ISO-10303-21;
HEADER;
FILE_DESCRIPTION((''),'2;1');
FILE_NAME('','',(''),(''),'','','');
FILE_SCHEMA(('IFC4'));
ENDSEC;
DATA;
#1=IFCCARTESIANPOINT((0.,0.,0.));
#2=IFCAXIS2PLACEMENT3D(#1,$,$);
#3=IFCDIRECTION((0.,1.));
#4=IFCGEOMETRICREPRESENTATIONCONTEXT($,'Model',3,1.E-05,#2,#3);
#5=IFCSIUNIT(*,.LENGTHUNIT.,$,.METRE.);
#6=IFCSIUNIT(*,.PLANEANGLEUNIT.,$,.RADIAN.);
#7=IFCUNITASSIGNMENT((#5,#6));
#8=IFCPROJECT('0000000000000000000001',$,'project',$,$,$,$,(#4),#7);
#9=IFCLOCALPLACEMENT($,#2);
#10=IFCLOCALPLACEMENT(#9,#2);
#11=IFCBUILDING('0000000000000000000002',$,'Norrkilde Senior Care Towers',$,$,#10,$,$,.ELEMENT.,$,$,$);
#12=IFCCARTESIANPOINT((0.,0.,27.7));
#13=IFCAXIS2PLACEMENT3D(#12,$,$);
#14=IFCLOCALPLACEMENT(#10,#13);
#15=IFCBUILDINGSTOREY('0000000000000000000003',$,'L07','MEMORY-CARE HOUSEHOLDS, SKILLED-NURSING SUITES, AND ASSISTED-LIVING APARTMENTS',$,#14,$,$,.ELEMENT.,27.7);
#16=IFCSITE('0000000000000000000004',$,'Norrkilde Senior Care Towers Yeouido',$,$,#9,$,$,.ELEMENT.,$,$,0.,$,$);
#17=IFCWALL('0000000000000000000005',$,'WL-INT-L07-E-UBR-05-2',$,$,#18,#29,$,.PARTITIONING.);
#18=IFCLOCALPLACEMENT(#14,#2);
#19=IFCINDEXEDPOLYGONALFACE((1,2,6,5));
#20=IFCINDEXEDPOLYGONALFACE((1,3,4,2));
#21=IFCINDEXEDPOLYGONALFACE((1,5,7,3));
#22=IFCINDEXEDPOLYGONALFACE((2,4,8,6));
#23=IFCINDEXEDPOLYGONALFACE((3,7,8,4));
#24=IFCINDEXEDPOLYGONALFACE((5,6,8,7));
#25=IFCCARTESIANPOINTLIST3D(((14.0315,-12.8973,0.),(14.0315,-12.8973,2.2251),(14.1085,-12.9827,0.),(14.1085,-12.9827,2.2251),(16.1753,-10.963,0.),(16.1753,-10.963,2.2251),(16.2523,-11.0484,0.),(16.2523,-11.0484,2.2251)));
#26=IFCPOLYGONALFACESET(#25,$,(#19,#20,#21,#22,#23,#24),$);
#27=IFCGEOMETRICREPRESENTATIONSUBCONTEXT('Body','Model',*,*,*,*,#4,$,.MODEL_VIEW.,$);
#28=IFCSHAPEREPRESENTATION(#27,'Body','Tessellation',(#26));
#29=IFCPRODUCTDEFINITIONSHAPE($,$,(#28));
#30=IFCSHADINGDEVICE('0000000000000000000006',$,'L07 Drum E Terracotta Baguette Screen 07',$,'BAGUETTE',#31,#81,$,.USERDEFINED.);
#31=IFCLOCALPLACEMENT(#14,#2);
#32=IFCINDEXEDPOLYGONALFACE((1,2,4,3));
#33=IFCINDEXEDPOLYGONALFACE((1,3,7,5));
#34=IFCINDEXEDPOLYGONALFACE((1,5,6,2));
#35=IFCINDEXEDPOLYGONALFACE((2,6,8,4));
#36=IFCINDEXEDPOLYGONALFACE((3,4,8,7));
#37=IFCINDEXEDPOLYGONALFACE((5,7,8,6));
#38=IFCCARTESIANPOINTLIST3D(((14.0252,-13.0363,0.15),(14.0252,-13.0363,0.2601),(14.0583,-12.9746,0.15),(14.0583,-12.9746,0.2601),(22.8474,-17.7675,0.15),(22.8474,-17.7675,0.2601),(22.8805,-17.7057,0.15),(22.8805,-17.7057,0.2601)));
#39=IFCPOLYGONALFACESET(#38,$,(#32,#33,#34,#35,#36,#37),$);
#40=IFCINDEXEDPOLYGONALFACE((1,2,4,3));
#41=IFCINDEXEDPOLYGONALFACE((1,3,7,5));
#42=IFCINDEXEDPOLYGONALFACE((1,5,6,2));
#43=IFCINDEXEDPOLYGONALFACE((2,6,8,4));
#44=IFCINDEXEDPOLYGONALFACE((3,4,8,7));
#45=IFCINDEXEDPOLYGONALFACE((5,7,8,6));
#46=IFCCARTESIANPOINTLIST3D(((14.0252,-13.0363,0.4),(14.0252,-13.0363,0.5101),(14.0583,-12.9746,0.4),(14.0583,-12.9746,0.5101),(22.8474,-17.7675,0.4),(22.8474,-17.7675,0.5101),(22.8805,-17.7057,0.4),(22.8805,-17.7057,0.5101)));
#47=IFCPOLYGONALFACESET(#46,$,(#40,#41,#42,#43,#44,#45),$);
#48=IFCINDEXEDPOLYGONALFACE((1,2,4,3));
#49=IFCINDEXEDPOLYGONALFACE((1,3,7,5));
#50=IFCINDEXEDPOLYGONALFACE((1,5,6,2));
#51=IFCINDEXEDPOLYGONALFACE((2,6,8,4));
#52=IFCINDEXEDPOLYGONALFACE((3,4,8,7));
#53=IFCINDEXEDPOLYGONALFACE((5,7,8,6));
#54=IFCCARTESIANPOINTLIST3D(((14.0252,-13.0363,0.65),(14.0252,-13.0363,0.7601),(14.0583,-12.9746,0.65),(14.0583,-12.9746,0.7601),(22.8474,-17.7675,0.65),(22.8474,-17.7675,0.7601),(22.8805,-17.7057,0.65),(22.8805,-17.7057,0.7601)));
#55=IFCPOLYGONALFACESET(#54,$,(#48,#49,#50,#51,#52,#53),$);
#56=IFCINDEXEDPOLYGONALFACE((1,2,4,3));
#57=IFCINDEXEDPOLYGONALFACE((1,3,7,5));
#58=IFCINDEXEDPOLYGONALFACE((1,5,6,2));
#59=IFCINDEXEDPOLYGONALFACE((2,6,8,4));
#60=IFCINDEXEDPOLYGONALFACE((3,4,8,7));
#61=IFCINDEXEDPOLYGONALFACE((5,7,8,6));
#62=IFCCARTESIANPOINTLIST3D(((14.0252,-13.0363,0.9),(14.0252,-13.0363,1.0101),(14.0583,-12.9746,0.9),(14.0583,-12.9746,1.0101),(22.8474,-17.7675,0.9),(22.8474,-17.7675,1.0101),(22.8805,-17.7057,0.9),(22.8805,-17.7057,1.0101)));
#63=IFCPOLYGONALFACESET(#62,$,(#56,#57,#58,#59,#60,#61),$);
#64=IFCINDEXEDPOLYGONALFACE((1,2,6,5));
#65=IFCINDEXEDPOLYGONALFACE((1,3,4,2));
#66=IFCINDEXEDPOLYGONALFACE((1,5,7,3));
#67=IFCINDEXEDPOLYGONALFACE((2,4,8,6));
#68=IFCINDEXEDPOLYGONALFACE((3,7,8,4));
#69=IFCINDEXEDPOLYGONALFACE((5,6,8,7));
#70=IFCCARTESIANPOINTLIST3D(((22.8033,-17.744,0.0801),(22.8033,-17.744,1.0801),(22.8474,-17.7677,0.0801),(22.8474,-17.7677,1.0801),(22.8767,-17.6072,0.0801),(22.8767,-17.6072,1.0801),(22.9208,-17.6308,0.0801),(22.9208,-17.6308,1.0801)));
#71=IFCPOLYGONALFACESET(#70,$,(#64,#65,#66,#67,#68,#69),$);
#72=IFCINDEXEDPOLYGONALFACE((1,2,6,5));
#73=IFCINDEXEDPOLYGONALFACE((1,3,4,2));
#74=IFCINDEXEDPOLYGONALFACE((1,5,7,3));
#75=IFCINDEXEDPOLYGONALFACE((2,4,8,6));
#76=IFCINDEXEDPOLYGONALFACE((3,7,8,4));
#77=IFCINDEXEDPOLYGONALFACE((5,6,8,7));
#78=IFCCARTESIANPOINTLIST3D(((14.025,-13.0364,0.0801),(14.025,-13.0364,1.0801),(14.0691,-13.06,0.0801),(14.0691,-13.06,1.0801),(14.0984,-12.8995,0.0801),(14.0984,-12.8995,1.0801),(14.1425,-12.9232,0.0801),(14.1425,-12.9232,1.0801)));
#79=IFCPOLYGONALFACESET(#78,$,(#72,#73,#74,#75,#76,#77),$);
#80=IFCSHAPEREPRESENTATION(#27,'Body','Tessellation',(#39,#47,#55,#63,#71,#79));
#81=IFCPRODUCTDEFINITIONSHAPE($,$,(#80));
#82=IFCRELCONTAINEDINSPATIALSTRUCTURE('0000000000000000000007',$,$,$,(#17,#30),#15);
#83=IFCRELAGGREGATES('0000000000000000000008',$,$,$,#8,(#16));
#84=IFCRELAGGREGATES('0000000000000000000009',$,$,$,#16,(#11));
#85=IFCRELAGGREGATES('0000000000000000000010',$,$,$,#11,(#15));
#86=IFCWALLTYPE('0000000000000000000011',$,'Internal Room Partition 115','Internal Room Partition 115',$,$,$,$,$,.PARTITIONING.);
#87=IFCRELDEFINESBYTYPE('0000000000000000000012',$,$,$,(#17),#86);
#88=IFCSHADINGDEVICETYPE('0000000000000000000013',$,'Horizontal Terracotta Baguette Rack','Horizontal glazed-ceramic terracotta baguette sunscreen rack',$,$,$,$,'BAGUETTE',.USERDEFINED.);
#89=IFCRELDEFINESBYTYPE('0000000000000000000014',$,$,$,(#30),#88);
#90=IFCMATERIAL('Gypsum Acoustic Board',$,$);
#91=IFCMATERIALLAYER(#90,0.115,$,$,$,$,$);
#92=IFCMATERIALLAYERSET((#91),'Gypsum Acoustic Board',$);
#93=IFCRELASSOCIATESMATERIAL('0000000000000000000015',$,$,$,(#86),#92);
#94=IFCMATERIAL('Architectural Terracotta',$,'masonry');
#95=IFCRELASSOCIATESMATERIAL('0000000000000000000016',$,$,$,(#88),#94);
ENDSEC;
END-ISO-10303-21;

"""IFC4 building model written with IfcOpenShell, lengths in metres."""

from ifc_helpers import new_model, si_unit, direction, frame, frame_2d, origin, origin_2d, place, context, subcontext, project, spatial, rectangle, extrude, source, transform, mapped, material, layer, layer_set, type_object, type_shapes, element, save


model = new_model("IFC4")

# Units and contexts
model_context = context("Model", 3, precision=1e-05, world=origin(), true_north=direction((0.0, 1.0)))
body_context = subcontext(model_context, "Body", "Model", "MODEL_VIEW")
ifc_project = project(units=[si_unit("LENGTHUNIT", "METRE"), si_unit("PLANEANGLEUNIT", "RADIAN")], contexts=[model_context])

# Site, building, storey
site_placement = place(None, origin())
site = spatial("IfcSite", under=ifc_project, at=site_placement, Name="Norrkilde Senior Care Towers Yeouido", CompositionType="ELEMENT", RefElevation=0.0)
building_placement = place(site_placement, origin())
building = spatial("IfcBuilding", under=site, at=building_placement, Name="Norrkilde Senior Care Towers", CompositionType="ELEMENT")
storey_placement = place(building_placement, frame((0.0, 0.0, 27.7)))
storey = spatial("IfcBuildingStorey", under=building, at=storey_placement, Name="L07", Description="MEMORY-CARE HOUSEHOLDS, SKILLED-NURSING SUITES, AND ASSISTED-LIVING APARTMENTS", CompositionType="ELEMENT", Elevation=27.7)

# Shared definitions
ifc_material_1 = material(Name="Gypsum Acoustic Board")

# Shared definitions
ifc_layer_1 = layer(ifc_material_1, 0.115)
ifc_layer_set_1 = layer_set([ifc_layer_1], Name="Gypsum Acoustic Board")
wall_type_1 = type_object("IfcWallType", Name="Internal Room Partition 115", Description="Internal Room Partition 115", PredefinedType="PARTITIONING", material=ifc_layer_set_1)

# Wall
shared_shape_1 = source(origin(), body_context, "Body", "SweptSolid", [
    extrude(rectangle(XDim=2.8875, YDim=0.115, at=frame_2d((1.4438, 0.0))), origin(), (0.0, 0.0, 1.0), 2.2251),
])
wall_1_placement = place(storey_placement, frame((16.2139, -11.0056, 0.0), z_axis=(0.0, 0.0, 1.0), x_axis=(-0.742449, -0.669903, 0.0)))
element("IfcWall", 1, at=wall_1_placement, inside=storey, type_object=wall_type_1, Name="WL-INT-L07-E-UBR-05-2", PredefinedType="PARTITIONING", context=body_context, shape_type="MappedRepresentation", body=[
    mapped(shared_shape_1, transform((0.0, 0.0, 0.0), x_axis=(1.0, 0.0, 0.0), y_axis=(0.0, 1.0, 0.0), z_axis=(0.0, 0.0, 1.0), scale=1.0)),
])

# Shading device
ifc_material_2 = material(Name="Architectural Terracotta", Category="masonry")
shading_device_type = type_object("IfcShadingDeviceType", Name="Horizontal Terracotta Baguette Rack", Description="Horizontal glazed-ceramic terracotta baguette sunscreen rack", ElementType="BAGUETTE", PredefinedType="USERDEFINED", material=ifc_material_2)
shared_shape_2 = source(origin(), body_context, "Body", "SweptSolid", [
    extrude(rectangle(XDim=0.0701, YDim=0.1101, at=origin_2d()), frame((0.0, 0.0901, 0.125), z_axis=(1.0, 0.0, 0.0), x_axis=(0.0, 1.0, 0.0)), (0.0, 0.0, 1.0), 10.0107),
    extrude(rectangle(XDim=0.0701, YDim=0.1101, at=origin_2d()), frame((0.0, 0.0901, 0.375), z_axis=(1.0, 0.0, 0.0), x_axis=(0.0, 1.0, 0.0)), (0.0, 0.0, 1.0), 10.0107),
    extrude(rectangle(XDim=0.0701, YDim=0.1101, at=origin_2d()), frame((0.0, 0.0901, 0.625), z_axis=(1.0, 0.0, 0.0), x_axis=(0.0, 1.0, 0.0)), (0.0, 0.0, 1.0), 10.0107),
    extrude(rectangle(XDim=0.0701, YDim=0.1101, at=origin_2d()), frame((0.0, 0.0901, 0.875), z_axis=(1.0, 0.0, 0.0), x_axis=(0.0, 1.0, 0.0)), (0.0, 0.0, 1.0), 10.0107),
    extrude(rectangle(XDim=0.05, YDim=0.1553, at=origin_2d()), frame((0.0249, 0.0476, 0.0)), (0.0, 0.0, 1.0), 1.0),
    extrude(rectangle(XDim=0.05, YDim=0.1553, at=origin_2d()), frame((9.9858, 0.0476, 0.0)), (0.0, 0.0, 1.0), 1.0),
])
type_shapes(shading_device_type, [shared_shape_2])
shading_device_placement = place(storey_placement, frame((22.9065, -17.6572, 0.0801), z_axis=(0.0, 0.0, 1.0), x_axis=(-0.88128, 0.472612, 0.0)))
element("IfcShadingDevice", 2, at=shading_device_placement, inside=storey, type_object=shading_device_type, Name="L07 Drum E Terracotta Baguette Screen 07", ObjectType="BAGUETTE", PredefinedType="USERDEFINED", context=body_context, shape_type="MappedRepresentation", body=[
    mapped(shared_shape_2, transform((0.0, 0.0, 0.0), x_axis=(1.0, 0.0, 0.0), y_axis=(0.0, 1.0, 0.0), z_axis=(0.0, 0.0, 1.0), scale=1.0)),
])

save(model, "model.ifc")
